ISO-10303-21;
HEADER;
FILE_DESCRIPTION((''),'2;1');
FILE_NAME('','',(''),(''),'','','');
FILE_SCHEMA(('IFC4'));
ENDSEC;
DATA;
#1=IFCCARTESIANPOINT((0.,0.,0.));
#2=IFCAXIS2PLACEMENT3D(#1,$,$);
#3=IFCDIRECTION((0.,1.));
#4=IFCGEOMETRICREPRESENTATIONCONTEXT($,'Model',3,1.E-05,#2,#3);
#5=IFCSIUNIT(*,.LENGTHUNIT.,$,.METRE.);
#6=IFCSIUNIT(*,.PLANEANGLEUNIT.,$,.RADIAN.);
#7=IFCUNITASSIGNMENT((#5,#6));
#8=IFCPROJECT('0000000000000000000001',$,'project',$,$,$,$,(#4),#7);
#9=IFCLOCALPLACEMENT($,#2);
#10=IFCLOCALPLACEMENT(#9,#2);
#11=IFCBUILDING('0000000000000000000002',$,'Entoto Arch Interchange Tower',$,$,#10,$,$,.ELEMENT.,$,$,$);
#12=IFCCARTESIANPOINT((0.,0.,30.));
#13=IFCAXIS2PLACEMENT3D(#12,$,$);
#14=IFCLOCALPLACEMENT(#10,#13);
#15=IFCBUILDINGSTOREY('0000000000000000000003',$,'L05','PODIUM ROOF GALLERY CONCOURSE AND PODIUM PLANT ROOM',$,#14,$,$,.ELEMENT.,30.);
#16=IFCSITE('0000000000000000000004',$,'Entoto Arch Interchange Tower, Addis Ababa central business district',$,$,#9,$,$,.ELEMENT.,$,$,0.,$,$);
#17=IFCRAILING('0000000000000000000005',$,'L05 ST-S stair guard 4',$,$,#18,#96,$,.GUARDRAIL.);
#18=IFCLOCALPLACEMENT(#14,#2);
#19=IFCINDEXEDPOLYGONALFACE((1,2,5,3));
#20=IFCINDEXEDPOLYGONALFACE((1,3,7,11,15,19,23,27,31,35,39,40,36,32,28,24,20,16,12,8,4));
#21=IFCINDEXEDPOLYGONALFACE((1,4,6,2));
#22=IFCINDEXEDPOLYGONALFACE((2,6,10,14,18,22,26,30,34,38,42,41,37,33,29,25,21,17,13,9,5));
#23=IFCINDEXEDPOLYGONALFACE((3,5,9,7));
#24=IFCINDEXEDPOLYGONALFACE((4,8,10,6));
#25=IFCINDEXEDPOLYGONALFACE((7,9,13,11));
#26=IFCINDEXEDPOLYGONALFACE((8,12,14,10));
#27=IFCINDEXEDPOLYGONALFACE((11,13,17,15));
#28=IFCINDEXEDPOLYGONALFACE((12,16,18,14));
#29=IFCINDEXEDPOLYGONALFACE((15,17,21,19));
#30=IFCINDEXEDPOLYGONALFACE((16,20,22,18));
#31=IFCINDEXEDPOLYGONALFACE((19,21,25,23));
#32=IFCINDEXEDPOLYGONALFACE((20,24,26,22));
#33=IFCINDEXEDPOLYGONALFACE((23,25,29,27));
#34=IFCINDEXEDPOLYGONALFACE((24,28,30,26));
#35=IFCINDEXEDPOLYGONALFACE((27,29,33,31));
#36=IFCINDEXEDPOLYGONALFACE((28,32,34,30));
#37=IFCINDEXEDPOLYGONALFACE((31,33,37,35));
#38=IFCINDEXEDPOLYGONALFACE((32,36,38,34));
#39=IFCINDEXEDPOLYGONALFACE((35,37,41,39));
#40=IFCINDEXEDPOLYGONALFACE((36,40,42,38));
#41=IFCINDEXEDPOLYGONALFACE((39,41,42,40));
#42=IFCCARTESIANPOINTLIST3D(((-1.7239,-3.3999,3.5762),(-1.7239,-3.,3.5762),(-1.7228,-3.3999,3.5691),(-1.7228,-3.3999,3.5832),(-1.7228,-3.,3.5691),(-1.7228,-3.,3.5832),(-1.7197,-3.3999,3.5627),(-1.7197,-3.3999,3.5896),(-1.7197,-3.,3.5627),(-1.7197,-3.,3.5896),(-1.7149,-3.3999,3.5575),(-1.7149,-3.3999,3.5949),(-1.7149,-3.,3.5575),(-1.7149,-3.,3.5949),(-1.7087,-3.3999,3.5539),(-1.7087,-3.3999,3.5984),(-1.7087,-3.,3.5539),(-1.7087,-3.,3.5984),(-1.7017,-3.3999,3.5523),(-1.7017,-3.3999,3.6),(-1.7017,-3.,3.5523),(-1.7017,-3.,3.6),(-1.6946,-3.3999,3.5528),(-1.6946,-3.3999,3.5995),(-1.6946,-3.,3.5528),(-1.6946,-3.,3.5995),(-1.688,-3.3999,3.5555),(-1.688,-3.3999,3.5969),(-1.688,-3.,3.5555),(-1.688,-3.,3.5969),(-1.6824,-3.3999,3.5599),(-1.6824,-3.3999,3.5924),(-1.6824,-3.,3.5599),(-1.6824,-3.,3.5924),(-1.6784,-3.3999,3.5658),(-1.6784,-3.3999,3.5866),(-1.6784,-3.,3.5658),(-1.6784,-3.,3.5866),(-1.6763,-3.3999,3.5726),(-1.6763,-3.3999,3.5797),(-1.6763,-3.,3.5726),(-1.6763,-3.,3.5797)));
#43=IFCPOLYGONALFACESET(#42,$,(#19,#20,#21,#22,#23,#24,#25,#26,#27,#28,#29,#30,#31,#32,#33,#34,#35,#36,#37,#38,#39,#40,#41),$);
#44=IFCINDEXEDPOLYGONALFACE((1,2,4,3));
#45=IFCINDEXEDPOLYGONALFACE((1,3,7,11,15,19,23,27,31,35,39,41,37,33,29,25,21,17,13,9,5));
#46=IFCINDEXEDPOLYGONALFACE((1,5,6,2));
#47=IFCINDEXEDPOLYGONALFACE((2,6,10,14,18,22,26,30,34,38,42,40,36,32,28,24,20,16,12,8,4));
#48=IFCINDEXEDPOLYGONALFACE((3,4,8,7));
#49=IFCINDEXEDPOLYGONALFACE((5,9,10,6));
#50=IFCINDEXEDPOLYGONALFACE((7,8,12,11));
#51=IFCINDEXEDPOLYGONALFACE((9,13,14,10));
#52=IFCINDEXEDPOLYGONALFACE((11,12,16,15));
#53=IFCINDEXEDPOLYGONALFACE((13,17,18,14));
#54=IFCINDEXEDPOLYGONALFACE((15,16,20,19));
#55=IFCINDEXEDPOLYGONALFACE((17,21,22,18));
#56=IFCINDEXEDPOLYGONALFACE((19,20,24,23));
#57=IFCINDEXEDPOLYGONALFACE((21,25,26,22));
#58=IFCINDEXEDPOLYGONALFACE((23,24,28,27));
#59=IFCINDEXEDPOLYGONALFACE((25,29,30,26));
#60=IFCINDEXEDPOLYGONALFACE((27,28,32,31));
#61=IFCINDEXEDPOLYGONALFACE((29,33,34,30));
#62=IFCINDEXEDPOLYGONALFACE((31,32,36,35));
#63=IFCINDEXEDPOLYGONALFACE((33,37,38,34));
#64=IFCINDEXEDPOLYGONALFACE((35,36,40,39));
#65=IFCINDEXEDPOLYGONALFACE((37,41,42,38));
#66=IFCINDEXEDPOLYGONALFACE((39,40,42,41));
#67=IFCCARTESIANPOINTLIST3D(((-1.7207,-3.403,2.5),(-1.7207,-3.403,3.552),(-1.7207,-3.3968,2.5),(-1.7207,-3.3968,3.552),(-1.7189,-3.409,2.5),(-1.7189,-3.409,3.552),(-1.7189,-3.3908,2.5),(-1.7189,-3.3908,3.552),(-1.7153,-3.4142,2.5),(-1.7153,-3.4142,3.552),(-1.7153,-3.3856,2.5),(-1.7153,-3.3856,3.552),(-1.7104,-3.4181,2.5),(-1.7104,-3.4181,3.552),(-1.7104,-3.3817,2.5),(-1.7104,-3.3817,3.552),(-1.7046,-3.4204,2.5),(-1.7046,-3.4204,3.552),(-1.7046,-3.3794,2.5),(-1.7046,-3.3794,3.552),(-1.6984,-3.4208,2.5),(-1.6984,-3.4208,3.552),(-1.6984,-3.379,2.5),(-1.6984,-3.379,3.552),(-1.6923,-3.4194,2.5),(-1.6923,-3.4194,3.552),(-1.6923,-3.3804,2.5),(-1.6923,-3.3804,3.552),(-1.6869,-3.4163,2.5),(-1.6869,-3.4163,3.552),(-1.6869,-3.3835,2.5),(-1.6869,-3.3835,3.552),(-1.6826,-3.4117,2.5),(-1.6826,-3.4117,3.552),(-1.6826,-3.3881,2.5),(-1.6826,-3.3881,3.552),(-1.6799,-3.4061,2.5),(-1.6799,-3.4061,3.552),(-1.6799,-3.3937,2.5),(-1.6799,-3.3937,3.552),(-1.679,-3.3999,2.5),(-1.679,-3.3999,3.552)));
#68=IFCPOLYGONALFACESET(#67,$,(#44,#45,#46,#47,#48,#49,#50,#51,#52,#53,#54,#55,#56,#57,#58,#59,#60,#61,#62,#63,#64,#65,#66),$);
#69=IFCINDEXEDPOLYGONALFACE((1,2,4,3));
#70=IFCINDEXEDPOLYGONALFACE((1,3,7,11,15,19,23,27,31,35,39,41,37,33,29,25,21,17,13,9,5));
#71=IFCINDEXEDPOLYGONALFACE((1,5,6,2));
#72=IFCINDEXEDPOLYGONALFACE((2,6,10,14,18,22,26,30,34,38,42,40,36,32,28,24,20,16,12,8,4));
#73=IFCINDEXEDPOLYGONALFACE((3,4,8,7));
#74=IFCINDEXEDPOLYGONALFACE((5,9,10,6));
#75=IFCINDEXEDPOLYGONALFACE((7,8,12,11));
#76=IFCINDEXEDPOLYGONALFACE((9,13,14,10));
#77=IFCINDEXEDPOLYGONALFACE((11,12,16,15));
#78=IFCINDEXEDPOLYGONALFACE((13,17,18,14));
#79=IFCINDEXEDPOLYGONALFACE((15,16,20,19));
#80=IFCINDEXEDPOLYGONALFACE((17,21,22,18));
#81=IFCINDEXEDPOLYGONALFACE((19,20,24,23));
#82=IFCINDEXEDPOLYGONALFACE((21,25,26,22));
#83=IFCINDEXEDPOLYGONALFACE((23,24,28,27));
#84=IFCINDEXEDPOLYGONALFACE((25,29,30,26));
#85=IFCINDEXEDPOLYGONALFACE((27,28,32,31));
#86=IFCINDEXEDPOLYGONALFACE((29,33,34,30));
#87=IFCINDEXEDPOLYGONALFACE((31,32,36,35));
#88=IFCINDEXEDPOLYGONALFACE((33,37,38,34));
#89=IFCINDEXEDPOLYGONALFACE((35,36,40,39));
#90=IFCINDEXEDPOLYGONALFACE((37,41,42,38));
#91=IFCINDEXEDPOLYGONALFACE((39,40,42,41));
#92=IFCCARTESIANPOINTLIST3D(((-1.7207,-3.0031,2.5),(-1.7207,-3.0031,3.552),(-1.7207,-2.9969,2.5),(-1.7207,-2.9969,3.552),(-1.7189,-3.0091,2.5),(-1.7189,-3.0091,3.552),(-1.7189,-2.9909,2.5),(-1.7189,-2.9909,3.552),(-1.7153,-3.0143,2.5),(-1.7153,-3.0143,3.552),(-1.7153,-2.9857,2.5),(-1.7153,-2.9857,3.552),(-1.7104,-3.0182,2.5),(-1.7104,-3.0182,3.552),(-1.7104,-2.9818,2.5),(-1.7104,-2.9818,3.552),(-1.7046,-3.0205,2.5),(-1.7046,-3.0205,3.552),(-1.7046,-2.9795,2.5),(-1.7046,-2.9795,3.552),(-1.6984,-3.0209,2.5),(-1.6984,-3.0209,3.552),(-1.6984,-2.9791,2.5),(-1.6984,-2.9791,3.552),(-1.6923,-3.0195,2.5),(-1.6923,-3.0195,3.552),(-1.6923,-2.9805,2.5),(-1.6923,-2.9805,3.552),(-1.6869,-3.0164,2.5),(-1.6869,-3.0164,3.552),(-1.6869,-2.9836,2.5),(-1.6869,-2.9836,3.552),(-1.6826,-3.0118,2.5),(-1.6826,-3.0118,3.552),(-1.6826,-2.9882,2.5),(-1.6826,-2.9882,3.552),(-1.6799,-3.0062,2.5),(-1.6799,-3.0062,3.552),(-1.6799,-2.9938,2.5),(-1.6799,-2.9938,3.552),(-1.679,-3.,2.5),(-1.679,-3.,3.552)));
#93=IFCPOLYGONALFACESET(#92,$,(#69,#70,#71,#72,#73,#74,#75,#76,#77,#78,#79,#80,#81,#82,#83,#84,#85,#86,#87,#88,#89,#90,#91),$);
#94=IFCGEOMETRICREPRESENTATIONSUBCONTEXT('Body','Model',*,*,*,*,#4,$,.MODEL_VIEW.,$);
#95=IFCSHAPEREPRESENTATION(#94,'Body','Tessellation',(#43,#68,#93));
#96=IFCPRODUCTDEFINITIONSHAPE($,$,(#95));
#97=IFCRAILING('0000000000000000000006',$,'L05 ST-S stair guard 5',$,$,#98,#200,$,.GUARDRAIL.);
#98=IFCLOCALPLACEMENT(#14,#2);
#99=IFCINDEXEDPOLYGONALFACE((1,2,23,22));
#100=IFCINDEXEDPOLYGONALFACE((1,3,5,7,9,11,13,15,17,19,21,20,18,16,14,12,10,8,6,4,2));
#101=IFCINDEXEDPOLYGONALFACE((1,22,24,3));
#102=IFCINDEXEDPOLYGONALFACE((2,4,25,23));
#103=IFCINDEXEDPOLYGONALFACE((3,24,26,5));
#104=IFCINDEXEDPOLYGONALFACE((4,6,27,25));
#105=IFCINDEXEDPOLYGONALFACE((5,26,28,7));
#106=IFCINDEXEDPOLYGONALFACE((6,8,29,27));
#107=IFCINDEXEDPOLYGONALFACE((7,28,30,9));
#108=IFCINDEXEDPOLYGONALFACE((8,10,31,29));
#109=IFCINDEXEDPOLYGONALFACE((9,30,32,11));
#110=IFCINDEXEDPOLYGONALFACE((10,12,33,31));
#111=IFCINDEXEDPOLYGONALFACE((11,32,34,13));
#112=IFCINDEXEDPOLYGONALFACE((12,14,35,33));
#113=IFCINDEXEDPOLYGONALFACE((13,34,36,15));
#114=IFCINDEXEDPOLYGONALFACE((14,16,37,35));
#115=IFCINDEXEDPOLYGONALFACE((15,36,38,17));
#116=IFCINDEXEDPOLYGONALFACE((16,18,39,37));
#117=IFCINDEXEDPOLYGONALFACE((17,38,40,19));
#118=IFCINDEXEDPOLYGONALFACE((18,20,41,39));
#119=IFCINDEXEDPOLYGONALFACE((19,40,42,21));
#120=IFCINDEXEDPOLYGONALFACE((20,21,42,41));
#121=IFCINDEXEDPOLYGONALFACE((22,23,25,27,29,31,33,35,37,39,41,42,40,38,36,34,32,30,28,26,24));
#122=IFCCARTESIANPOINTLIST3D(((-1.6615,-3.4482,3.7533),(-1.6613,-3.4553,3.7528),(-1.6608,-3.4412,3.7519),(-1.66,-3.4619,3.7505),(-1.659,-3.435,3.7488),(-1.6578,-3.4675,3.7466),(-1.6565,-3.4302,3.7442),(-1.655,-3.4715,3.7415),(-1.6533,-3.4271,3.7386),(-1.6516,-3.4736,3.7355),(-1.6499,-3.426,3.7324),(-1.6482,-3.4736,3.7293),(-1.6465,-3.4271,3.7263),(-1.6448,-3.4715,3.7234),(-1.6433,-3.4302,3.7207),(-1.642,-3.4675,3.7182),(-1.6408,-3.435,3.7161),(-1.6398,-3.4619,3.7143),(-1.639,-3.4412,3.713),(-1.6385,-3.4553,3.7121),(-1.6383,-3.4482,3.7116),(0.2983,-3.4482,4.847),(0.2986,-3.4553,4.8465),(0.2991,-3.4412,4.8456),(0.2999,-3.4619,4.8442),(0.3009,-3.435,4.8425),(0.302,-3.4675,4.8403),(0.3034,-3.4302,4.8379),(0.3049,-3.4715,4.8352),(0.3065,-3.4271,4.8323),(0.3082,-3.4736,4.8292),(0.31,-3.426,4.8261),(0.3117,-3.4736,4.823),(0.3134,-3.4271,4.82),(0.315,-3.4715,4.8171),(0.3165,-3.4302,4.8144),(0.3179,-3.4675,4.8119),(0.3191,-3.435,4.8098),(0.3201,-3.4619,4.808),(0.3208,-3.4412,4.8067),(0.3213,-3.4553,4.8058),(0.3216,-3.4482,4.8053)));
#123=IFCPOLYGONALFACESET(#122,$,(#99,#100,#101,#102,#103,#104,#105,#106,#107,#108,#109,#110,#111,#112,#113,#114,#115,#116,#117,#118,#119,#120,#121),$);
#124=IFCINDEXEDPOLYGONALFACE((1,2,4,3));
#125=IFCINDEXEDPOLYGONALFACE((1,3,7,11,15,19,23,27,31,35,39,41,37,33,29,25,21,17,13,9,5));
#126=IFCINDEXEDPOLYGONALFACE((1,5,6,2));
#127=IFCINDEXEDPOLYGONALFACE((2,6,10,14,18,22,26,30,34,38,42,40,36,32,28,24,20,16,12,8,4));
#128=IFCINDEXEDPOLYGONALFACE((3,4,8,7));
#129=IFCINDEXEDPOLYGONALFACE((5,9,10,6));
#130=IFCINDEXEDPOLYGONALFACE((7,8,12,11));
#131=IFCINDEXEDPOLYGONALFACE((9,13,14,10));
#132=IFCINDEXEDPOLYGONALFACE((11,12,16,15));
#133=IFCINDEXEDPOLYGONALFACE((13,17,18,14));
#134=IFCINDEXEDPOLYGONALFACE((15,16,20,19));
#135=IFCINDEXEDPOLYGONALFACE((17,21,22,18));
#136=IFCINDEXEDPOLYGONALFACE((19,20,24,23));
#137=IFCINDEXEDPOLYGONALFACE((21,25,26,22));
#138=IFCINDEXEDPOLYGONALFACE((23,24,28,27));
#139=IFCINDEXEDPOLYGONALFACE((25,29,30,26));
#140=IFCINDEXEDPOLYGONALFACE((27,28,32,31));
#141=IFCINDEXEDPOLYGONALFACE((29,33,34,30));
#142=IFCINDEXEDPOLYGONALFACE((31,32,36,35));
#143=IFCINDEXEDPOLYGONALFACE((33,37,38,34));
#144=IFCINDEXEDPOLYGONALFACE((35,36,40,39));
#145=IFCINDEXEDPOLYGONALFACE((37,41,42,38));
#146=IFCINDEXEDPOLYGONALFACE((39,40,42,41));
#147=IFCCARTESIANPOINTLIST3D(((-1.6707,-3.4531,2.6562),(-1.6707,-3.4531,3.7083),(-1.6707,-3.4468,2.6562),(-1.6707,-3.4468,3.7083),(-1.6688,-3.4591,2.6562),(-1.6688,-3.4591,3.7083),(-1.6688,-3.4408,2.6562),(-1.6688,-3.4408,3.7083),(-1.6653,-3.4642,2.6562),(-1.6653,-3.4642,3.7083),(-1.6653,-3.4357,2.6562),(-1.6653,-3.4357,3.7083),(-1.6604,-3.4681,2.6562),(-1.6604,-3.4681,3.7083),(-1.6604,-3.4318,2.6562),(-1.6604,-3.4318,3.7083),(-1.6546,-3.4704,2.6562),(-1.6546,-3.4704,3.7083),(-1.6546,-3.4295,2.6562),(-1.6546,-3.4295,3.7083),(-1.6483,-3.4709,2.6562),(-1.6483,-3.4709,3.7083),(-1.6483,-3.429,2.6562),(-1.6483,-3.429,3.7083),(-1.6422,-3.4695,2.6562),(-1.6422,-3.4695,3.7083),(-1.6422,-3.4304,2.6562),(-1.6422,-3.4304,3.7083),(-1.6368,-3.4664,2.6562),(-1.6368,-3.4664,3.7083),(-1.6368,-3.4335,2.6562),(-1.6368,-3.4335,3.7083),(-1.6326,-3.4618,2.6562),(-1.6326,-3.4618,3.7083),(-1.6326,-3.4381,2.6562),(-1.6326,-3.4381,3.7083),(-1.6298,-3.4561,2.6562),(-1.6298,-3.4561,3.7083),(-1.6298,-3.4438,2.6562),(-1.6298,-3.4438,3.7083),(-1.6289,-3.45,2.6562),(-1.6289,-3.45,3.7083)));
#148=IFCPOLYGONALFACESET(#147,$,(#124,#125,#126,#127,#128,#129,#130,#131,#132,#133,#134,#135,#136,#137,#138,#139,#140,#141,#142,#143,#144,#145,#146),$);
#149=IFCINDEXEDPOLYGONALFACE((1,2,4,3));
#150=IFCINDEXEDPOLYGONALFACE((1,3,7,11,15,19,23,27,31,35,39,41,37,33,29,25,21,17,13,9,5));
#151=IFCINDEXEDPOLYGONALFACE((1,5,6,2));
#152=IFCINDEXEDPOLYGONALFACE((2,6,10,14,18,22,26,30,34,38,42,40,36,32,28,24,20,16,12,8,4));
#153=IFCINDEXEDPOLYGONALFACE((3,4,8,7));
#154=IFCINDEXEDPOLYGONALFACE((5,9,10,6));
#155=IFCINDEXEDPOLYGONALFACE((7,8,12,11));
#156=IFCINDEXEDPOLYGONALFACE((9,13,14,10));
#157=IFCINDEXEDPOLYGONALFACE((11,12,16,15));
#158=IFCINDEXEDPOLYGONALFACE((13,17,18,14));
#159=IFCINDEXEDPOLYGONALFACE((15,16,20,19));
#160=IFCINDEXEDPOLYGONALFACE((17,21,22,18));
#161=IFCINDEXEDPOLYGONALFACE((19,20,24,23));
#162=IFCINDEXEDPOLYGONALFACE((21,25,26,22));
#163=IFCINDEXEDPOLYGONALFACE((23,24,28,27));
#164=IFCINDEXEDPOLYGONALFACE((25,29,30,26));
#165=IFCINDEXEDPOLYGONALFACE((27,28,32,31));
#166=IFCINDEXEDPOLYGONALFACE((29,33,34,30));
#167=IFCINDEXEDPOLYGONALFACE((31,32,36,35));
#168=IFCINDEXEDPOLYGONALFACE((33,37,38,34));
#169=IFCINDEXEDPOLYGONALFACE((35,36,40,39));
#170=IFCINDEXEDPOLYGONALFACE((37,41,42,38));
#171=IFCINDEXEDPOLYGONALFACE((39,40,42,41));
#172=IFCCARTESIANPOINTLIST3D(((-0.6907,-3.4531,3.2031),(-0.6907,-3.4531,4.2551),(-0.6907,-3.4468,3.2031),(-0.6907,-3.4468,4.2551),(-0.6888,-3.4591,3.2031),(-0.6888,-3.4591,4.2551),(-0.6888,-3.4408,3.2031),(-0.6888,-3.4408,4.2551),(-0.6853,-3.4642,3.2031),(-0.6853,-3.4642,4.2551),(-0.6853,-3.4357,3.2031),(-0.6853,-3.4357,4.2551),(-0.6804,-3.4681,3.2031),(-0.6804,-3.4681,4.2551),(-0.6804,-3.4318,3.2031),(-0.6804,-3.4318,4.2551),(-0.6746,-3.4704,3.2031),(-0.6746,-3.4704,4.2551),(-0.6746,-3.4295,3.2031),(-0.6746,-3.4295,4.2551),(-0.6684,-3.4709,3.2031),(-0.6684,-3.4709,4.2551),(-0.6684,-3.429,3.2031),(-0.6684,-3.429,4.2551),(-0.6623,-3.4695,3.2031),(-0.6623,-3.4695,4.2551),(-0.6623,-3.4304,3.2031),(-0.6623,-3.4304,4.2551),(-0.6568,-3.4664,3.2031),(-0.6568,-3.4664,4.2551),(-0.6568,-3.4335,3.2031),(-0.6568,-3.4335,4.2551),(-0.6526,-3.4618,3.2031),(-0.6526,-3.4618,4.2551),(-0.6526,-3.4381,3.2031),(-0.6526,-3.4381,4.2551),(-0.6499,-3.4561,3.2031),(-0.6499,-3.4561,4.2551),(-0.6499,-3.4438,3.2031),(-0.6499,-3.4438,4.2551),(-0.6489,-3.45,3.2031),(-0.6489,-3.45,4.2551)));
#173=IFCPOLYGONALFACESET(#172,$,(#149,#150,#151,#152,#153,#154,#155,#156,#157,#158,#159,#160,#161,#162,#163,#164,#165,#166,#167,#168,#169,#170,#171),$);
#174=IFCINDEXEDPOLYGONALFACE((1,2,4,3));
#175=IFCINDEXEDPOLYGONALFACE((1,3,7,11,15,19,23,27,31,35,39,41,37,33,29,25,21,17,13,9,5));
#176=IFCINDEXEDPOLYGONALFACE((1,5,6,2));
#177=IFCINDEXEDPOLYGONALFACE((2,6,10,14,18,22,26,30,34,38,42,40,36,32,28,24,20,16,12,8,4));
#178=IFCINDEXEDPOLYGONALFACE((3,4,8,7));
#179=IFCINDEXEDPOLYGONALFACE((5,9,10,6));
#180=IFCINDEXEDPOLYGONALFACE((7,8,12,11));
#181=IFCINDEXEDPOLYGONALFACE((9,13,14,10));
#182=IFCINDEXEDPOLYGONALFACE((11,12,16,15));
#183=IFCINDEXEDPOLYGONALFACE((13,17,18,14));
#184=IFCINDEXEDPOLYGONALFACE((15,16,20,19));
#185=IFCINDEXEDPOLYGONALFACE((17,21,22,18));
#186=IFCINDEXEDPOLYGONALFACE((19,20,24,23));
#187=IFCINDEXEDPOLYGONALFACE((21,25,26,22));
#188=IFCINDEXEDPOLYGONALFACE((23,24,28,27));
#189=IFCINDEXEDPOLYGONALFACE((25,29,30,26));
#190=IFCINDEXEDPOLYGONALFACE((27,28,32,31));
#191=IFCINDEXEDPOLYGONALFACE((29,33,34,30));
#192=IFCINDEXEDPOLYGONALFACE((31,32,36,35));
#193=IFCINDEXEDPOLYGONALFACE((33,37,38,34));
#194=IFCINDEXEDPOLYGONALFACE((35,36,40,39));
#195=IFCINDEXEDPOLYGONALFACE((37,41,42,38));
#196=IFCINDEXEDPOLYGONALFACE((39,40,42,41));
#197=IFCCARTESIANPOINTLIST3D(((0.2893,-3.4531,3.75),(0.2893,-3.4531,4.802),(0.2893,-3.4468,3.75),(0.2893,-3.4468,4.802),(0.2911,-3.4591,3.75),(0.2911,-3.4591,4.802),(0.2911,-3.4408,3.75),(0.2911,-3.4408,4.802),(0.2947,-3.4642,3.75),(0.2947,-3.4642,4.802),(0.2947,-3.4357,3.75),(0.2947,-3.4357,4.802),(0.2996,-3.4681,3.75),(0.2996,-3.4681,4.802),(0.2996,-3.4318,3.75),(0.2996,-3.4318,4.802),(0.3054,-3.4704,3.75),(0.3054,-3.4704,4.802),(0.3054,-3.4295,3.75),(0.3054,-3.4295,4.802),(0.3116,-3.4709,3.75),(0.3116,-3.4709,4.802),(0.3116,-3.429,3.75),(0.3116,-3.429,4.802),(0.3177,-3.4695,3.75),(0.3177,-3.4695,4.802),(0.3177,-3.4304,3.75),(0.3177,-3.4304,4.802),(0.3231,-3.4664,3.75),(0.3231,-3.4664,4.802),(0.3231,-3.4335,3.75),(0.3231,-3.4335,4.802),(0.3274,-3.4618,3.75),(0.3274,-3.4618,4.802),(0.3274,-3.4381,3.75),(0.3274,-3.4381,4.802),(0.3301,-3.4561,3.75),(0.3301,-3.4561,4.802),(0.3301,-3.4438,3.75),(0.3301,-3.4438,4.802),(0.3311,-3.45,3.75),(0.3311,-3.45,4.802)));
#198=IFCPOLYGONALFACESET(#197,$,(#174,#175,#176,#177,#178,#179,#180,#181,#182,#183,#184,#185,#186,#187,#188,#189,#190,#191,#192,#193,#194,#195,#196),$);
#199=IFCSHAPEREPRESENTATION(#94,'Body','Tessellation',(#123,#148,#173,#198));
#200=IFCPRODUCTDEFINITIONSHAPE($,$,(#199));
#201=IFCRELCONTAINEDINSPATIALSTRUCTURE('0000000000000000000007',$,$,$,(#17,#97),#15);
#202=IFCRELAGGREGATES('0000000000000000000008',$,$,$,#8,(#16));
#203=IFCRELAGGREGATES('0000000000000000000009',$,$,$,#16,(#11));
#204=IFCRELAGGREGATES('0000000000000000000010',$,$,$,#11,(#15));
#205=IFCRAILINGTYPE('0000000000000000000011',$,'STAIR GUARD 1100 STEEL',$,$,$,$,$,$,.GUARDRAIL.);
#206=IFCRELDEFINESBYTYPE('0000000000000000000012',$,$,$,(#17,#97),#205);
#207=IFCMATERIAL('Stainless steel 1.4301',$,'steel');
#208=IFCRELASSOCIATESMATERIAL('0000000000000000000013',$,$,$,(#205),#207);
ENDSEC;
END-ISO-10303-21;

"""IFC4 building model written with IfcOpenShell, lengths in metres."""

from ifc_helpers import new_model, si_unit, direction, frame, origin, origin_2d, place, context, subcontext, project, spatial, circle, extrude, material, type_object, element, save


model = new_model("IFC4")

# Units and contexts
model_context = context("Model", 3, precision=1e-05, world=origin(), true_north=direction((0.0, 1.0)))
body_context = subcontext(model_context, "Body", "Model", "MODEL_VIEW")
ifc_project = project(units=[si_unit("LENGTHUNIT", "METRE"), si_unit("PLANEANGLEUNIT", "RADIAN")], contexts=[model_context])

# Site, building, storey
site_placement = place(None, origin())
site = spatial("IfcSite", under=ifc_project, at=site_placement, Name="Entoto Arch Interchange Tower, Addis Ababa central business district", CompositionType="ELEMENT", RefElevation=0.0)
building_placement = place(site_placement, origin())
building = spatial("IfcBuilding", under=site, at=building_placement, Name="Entoto Arch Interchange Tower", CompositionType="ELEMENT")
storey_placement = place(building_placement, frame((0.0, 0.0, 30.0)))
storey = spatial("IfcBuildingStorey", under=building, at=storey_placement, Name="L05", Description="PODIUM ROOF GALLERY CONCOURSE AND PODIUM PLANT ROOM", CompositionType="ELEMENT", Elevation=30.0)

# Railings
ifc_material_1 = material(Name="Stainless steel 1.4301", Category="steel")
railing_type_1 = type_object("IfcRailingType", Name="STAIR GUARD 1100 STEEL", PredefinedType="GUARDRAIL", material=ifc_material_1)
railing_1_placement = place(storey_placement, frame((-1.7, -3.3999, 2.5)))
element("IfcRailing", 1, at=railing_1_placement, inside=storey, type_object=railing_type_1, Name="L05 ST-S stair guard 4", PredefinedType="GUARDRAIL", context=body_context, shape_type="SweptSolid", body=[
    extrude(circle(Radius=0.0239, at=origin_2d()), frame((0.0, 0.0, 1.0762), z_axis=(0.0, 1.0, 0.0), x_axis=(-1.0, 0.0, 0.0)), (0.0, 0.0, 1.0), 0.3999),
    extrude(circle(Radius=0.021, at=origin_2d()), origin(), (0.0, 0.0, 1.0), 1.052),
    extrude(circle(Radius=0.021, at=origin_2d()), frame((0.0, 0.3999, 0.0)), (0.0, 0.0, 1.0), 1.052),
])
railing_2_placement = place(storey_placement, frame((-1.6499, -3.45, 2.6562)))
element("IfcRailing", 2, at=railing_2_placement, inside=storey, type_object=railing_type_1, Name="L05 ST-S stair guard 5", PredefinedType="GUARDRAIL", context=body_context, shape_type="SweptSolid", body=[
    extrude(circle(Radius=0.0239, at=origin_2d()), frame((0.0, 0.0, 1.0762), z_axis=(0.873232, 0.0, 0.487304), x_axis=(0.0, 1.0, 0.0)), (0.0, 0.0, 1.0), 2.2444),
    extrude(circle(Radius=0.021, at=origin_2d()), origin(), (0.0, 0.0, 1.0), 1.052),
    extrude(circle(Radius=0.021, at=origin_2d()), frame((0.98, 0.0, 0.5469)), (0.0, 0.0, 1.0), 1.052),
    extrude(circle(Radius=0.021, at=origin_2d()), frame((1.96, 0.0, 1.0938)), (0.0, 0.0, 1.0), 1.052),
])

save(model, "model.ifc")
